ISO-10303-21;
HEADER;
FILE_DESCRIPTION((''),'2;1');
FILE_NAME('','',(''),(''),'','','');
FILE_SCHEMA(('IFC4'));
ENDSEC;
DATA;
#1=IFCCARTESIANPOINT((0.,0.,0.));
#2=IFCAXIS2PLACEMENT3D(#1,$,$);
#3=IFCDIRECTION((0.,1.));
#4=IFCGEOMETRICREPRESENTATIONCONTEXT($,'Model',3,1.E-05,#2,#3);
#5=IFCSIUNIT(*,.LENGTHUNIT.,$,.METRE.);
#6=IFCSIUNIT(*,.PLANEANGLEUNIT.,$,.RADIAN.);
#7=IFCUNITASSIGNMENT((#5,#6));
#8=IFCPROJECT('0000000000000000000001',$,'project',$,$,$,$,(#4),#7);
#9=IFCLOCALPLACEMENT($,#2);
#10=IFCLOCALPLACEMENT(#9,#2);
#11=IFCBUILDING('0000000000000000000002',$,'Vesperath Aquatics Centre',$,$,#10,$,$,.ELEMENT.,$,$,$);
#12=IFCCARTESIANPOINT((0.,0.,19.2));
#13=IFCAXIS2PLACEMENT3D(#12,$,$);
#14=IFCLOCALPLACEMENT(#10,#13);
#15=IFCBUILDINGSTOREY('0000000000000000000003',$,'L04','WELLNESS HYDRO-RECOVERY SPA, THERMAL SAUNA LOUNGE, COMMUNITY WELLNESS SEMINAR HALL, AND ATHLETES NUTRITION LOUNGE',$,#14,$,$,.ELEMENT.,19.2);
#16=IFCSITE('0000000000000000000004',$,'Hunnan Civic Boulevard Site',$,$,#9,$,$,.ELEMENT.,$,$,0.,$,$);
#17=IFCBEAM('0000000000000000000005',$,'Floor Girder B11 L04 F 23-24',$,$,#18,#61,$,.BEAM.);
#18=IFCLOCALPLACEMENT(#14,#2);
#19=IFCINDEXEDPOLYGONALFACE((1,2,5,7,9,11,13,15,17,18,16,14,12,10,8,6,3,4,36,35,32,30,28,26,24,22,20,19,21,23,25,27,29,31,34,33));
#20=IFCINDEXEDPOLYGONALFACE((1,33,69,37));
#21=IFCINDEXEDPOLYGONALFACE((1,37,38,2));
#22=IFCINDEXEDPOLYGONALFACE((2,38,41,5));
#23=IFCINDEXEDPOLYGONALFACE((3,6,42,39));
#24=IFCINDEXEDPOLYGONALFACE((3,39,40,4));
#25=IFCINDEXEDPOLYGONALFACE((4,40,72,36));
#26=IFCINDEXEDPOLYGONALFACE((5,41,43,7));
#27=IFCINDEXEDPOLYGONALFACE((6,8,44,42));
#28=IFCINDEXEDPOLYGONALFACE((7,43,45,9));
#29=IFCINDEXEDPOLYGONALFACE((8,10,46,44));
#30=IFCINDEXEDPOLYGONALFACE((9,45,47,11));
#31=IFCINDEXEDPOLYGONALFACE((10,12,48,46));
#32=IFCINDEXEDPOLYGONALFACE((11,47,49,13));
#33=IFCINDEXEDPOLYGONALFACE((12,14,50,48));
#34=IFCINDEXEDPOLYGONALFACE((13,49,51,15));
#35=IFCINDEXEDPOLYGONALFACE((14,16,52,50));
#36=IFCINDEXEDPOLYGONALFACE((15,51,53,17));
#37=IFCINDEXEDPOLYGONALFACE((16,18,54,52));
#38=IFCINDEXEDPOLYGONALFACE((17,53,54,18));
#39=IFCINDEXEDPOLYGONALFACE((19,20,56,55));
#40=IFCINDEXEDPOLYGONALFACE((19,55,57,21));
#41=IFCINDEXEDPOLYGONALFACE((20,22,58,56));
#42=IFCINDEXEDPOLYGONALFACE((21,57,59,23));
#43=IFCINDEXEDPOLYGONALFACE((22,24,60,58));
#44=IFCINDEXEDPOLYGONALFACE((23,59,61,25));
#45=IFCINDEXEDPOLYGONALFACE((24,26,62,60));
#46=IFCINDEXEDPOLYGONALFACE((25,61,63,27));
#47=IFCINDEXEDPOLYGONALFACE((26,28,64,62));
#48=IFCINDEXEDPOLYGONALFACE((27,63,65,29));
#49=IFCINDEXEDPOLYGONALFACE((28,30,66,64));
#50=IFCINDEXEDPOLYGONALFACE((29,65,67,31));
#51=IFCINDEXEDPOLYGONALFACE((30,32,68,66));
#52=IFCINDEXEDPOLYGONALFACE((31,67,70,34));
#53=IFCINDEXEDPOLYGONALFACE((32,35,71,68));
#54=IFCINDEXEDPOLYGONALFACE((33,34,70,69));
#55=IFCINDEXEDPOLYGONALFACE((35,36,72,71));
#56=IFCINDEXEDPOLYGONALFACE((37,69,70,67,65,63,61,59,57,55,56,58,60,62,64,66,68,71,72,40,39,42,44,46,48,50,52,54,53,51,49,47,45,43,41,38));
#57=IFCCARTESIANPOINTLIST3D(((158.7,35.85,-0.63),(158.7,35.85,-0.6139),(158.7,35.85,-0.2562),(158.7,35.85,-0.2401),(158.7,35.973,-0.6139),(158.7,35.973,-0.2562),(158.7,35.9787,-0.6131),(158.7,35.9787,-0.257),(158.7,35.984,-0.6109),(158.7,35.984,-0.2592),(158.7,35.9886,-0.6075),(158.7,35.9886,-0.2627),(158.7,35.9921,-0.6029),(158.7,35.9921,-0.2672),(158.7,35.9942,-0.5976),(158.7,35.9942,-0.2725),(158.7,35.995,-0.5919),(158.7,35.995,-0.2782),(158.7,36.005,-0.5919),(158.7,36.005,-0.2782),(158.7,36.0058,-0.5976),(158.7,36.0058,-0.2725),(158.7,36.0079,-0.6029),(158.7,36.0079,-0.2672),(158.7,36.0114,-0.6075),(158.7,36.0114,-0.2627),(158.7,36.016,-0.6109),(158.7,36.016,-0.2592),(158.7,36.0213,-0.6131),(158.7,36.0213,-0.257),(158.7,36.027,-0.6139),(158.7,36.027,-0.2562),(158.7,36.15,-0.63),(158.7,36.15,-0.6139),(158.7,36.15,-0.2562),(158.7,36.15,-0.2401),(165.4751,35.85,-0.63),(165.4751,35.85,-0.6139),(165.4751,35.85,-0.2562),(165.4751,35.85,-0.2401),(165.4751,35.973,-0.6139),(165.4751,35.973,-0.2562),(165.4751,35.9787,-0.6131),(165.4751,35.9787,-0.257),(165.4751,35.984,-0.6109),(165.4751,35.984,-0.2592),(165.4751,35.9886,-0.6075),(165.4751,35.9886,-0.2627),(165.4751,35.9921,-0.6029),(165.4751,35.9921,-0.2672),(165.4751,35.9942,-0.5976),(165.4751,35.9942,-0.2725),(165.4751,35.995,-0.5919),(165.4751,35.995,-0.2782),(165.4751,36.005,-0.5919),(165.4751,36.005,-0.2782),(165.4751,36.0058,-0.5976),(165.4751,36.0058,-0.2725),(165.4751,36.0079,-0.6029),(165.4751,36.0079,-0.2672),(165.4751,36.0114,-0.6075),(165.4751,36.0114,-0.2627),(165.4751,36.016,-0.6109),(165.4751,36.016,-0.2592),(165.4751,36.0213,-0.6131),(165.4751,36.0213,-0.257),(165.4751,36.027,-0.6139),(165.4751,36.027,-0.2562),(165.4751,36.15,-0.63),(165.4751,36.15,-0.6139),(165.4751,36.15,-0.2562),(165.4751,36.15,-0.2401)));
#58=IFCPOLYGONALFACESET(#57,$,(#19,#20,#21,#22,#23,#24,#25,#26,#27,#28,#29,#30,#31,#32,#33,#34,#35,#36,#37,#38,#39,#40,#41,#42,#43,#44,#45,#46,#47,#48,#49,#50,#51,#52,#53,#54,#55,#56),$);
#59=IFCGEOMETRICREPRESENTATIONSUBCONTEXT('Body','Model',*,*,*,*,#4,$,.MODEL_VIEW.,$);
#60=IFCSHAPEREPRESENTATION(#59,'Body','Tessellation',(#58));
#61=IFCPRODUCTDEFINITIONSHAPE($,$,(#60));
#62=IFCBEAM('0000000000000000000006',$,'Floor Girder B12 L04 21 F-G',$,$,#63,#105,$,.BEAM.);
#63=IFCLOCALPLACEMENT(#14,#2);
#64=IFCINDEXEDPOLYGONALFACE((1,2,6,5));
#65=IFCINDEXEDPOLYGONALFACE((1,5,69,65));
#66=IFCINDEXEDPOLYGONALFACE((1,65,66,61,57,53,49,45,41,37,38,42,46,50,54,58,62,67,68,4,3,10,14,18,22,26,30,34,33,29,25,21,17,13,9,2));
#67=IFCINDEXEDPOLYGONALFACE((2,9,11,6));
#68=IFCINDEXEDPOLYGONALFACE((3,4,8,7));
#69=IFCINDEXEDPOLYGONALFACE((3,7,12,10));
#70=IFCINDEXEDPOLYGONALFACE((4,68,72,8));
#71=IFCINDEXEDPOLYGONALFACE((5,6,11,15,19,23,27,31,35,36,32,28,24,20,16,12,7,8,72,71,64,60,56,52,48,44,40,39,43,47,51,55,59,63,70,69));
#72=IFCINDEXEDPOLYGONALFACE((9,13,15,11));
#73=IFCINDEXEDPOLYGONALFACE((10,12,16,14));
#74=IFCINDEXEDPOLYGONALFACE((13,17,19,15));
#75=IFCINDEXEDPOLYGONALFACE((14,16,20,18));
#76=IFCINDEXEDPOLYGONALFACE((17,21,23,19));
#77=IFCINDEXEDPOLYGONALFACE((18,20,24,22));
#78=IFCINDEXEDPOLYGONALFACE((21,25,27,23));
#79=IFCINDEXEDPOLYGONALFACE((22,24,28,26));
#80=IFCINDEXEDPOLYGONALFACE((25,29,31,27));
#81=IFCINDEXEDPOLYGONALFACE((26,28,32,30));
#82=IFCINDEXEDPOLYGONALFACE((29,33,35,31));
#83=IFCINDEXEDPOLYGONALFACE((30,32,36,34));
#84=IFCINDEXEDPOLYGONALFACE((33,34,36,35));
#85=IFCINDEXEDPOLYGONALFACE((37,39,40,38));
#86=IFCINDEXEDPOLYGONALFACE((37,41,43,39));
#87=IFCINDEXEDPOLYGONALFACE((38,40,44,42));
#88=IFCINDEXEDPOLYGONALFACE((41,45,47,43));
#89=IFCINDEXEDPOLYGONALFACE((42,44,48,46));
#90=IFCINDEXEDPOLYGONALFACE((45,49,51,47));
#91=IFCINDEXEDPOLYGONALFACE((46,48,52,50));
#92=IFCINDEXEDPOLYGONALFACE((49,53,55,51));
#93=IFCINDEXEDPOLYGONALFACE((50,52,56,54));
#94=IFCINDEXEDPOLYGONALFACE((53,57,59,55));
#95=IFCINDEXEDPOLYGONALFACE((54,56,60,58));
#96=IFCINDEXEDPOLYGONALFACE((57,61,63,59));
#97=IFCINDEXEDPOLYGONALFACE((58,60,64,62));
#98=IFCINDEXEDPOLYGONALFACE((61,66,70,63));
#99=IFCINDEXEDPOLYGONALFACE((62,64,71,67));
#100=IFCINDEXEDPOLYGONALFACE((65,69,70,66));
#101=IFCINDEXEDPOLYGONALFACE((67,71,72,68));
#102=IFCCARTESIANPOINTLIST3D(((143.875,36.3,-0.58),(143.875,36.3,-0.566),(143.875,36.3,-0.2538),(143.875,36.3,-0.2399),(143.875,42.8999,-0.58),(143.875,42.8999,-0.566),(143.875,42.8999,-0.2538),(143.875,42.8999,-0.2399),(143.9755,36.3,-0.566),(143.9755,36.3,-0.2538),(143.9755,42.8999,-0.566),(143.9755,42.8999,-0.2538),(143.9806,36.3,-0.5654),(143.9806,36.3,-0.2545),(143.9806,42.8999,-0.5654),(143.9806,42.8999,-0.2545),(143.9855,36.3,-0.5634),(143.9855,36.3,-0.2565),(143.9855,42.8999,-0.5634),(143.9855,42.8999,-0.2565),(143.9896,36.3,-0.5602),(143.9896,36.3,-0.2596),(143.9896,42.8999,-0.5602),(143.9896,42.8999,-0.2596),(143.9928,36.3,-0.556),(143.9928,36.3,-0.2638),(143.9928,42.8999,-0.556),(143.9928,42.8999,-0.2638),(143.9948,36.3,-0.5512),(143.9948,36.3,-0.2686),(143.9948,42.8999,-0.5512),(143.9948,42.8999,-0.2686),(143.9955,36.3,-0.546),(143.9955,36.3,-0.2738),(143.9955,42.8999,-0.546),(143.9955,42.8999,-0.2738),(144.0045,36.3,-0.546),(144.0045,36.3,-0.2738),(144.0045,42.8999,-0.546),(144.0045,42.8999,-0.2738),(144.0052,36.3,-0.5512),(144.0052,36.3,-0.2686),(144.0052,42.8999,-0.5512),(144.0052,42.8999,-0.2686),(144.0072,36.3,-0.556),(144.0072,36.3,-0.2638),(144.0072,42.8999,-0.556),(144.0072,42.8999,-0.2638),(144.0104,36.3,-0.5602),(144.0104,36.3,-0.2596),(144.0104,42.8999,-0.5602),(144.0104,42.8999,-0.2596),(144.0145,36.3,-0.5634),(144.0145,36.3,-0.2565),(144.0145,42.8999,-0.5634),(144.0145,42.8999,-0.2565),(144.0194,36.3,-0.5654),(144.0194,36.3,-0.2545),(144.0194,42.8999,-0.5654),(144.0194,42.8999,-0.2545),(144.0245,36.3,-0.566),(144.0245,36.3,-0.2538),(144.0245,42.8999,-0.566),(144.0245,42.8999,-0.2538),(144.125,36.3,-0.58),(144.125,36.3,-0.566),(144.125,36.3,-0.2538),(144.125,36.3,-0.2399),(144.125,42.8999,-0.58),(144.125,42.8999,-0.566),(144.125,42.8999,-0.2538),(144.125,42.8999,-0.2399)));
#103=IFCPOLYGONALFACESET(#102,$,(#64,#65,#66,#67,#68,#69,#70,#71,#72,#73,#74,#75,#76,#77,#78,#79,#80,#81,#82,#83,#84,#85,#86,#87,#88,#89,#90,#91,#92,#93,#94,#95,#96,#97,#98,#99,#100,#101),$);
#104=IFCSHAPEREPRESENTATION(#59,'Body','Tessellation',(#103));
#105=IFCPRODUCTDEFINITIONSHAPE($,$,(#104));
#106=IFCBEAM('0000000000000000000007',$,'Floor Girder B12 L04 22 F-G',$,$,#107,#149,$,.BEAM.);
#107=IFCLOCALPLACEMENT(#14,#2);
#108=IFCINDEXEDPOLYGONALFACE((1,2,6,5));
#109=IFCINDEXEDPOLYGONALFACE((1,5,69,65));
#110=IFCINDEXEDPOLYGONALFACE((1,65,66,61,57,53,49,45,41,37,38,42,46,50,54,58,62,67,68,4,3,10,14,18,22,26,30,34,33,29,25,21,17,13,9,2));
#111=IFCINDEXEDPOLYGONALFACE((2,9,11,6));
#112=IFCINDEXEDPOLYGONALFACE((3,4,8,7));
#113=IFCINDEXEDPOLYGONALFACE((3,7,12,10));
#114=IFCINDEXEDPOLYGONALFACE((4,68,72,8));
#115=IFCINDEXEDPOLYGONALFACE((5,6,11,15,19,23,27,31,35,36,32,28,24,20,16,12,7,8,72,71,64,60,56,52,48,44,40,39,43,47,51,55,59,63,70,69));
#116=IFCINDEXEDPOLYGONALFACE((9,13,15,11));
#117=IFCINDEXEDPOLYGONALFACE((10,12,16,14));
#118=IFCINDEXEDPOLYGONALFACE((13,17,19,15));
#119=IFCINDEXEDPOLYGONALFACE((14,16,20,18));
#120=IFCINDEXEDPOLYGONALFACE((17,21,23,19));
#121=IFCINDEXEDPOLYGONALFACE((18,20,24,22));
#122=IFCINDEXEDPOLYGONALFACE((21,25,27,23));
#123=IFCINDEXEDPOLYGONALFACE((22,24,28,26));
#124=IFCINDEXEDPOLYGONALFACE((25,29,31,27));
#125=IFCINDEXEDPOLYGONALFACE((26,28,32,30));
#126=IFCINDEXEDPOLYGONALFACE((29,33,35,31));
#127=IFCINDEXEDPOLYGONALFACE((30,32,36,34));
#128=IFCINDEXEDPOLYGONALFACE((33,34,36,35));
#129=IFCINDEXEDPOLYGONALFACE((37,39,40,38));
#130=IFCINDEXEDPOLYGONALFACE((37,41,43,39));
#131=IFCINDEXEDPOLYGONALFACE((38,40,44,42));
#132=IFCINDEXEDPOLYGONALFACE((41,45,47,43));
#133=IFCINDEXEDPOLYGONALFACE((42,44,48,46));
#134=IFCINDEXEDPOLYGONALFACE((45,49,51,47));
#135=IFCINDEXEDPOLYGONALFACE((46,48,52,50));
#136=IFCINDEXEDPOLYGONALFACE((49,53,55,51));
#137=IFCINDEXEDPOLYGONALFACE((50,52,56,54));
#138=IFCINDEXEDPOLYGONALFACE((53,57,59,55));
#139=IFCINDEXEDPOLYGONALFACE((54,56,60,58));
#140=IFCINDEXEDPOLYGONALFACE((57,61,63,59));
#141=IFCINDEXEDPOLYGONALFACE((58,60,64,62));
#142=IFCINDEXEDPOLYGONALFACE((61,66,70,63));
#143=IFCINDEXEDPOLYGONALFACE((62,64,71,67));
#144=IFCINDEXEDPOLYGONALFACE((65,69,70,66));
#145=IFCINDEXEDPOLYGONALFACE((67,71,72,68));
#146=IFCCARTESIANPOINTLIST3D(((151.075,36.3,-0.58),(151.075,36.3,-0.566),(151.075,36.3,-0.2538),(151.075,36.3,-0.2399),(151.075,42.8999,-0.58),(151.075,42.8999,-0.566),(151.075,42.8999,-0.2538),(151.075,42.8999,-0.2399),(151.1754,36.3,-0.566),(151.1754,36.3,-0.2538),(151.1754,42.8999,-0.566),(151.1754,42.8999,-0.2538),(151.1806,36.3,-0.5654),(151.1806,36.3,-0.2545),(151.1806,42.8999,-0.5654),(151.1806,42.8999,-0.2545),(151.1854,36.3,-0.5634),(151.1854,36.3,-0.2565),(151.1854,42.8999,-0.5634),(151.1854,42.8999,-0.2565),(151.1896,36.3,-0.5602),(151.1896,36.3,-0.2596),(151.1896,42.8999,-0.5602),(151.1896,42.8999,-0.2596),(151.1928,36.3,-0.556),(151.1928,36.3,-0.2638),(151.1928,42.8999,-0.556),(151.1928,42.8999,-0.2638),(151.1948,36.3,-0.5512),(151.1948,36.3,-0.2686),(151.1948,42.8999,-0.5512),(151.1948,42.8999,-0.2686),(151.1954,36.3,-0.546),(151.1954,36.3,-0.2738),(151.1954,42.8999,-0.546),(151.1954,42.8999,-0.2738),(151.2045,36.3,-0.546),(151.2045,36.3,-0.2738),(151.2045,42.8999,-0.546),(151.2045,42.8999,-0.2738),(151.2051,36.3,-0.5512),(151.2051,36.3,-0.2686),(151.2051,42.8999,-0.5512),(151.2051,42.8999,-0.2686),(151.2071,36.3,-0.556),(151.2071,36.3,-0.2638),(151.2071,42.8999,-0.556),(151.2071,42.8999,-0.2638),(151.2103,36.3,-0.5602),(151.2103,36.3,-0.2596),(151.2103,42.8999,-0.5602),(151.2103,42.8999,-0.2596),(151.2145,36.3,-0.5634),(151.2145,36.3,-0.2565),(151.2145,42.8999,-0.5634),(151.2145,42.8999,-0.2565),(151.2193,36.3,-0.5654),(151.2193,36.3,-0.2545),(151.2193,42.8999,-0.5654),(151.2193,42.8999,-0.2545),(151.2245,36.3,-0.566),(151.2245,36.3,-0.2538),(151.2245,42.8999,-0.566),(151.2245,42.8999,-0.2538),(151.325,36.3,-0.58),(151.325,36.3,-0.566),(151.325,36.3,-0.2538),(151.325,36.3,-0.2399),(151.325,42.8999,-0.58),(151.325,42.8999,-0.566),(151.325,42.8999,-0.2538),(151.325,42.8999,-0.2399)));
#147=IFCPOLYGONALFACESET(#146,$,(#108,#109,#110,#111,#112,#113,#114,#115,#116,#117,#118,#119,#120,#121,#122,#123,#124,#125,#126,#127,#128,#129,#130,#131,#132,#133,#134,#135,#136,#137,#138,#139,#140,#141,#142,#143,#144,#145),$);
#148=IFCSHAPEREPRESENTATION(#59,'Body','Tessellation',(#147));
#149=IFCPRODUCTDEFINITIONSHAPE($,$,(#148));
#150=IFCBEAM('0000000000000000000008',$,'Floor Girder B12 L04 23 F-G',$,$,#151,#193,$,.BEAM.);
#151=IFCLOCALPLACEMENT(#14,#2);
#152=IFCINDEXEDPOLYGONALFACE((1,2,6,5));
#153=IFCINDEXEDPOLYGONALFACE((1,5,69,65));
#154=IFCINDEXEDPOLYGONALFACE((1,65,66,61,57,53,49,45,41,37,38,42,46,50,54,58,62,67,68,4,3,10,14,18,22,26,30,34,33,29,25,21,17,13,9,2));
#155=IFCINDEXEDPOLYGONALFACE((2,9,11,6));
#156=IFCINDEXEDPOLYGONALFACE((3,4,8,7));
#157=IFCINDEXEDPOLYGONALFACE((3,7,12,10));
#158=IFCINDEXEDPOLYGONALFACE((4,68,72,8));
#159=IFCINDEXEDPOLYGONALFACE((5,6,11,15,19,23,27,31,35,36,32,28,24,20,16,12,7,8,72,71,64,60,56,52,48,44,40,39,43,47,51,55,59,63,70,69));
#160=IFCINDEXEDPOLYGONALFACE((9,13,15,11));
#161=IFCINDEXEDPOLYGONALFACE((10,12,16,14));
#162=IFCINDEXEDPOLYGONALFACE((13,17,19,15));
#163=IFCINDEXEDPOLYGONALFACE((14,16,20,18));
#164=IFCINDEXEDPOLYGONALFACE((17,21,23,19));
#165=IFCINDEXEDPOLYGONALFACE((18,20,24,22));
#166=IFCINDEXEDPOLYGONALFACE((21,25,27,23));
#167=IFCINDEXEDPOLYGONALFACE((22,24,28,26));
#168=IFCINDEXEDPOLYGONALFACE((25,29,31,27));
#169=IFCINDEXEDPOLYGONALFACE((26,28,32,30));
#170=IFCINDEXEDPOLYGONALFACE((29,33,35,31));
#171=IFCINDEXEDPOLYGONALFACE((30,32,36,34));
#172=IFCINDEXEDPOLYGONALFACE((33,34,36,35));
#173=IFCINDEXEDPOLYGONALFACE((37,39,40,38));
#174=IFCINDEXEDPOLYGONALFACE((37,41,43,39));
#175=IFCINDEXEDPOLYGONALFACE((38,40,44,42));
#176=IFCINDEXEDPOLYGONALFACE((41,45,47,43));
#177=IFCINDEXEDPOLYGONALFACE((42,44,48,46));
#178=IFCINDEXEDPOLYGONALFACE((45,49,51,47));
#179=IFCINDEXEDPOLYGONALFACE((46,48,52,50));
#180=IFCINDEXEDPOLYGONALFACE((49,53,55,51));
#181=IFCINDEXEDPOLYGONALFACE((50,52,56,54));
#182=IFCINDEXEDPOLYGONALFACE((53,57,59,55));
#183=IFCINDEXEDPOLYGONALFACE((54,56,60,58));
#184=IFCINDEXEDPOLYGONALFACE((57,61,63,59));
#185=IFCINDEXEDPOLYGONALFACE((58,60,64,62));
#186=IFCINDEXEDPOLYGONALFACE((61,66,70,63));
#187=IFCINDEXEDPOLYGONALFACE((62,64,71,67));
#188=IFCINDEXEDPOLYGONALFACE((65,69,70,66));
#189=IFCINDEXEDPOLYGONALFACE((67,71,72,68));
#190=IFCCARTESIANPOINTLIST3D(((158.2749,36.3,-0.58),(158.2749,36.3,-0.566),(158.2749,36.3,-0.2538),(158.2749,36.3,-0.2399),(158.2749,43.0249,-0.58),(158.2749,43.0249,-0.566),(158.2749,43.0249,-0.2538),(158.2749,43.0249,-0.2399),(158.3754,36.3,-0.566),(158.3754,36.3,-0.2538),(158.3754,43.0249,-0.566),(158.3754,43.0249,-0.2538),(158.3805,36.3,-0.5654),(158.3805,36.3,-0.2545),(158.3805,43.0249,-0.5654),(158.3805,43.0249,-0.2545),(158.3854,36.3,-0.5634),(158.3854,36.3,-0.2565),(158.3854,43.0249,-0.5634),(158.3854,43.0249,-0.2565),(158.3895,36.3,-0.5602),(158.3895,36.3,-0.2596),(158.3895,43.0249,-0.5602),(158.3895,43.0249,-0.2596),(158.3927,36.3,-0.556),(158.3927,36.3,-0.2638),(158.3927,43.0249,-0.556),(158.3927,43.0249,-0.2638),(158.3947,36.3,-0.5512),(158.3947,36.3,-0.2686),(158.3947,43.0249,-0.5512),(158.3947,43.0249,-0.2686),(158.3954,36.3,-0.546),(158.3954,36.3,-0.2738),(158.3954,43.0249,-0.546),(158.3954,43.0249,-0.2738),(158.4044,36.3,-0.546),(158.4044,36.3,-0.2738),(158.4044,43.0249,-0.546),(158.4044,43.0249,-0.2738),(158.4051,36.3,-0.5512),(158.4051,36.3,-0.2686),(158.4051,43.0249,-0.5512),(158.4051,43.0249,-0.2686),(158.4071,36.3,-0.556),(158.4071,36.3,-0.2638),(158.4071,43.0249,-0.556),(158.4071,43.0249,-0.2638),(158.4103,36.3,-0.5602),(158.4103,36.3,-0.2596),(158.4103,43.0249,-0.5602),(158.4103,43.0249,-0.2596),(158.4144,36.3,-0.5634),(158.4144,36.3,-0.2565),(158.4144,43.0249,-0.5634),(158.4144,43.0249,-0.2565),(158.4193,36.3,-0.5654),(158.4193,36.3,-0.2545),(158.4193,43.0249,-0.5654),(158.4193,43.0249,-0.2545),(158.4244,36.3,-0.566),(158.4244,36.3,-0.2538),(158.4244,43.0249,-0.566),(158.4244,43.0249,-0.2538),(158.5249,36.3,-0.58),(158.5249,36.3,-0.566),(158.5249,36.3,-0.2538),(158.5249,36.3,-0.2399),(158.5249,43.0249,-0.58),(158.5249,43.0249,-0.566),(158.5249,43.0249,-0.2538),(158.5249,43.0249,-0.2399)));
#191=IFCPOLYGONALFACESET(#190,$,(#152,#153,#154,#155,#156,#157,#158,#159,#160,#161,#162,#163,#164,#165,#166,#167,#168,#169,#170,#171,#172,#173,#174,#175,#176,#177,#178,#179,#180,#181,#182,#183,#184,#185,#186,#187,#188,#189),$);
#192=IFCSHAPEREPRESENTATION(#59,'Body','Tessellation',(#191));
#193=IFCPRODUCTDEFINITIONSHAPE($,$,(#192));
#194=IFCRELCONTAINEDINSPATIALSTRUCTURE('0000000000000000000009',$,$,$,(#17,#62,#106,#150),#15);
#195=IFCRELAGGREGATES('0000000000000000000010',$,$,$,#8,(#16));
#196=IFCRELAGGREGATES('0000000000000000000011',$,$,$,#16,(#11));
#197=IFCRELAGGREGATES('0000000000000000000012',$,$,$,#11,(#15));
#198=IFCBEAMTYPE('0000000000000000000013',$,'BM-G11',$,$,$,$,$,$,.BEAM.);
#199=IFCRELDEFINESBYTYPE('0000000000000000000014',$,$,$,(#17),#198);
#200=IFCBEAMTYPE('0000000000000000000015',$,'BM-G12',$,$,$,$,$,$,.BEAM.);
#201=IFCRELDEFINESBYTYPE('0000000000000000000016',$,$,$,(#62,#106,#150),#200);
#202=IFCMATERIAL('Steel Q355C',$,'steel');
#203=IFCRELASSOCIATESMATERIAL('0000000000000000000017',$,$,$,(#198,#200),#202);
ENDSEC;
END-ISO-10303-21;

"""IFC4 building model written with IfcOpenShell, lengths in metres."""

from ifc_helpers import new_model, si_unit, direction, frame, origin, origin_2d, place, context, subcontext, project, spatial, i_section, extrude, material, material_profile, profile_set, type_object, element, save


model = new_model("IFC4")

# Units and contexts
model_context = context("Model", 3, precision=1e-05, world=origin(), true_north=direction((0.0, 1.0)))
body_context = subcontext(model_context, "Body", "Model", "MODEL_VIEW")
ifc_project = project(units=[si_unit("LENGTHUNIT", "METRE"), si_unit("PLANEANGLEUNIT", "RADIAN")], contexts=[model_context])

# Site, building, storey
site_placement = place(None, origin())
site = spatial("IfcSite", under=ifc_project, at=site_placement, Name="Hunnan Civic Boulevard Site", CompositionType="ELEMENT", RefElevation=0.0)
building_placement = place(site_placement, origin())
building = spatial("IfcBuilding", under=site, at=building_placement, Name="Vesperath Aquatics Centre", CompositionType="ELEMENT")
storey_placement = place(building_placement, frame((0.0, 0.0, 19.2)))
storey = spatial("IfcBuildingStorey", under=building, at=storey_placement, Name="L04", Description="WELLNESS HYDRO-RECOVERY SPA, THERMAL SAUNA LOUNGE, COMMUNITY WELLNESS SEMINAR HALL, AND ATHLETES NUTRITION LOUNGE", CompositionType="ELEMENT", Elevation=19.2)

# Shared definitions
ifc_material_1 = material(Name="Steel Q355C", Category="steel")

# Beams
ifc_material_profile_1 = material_profile(ifc_material_1, i_section(OverallWidth=0.3, OverallDepth=0.3899, WebThickness=0.01, FlangeThickness=0.0161, FilletRadius=0.022, at=origin_2d()), Name="HM 390x300x10x16")
ifc_profile_set_1 = profile_set([ifc_material_profile_1], Name="Steel Q355C")
beam_type_1 = type_object("IfcBeamType", Name="BM-G11", PredefinedType="BEAM", material=ifc_profile_set_1)
beam_1_placement = place(storey_placement, frame((158.7, 36.0, -0.4351), z_axis=(1.0, 0.0, 0.0), x_axis=(0.0, 1.0, 0.0)))
element("IfcBeam", 1, at=beam_1_placement, inside=storey, type_object=beam_type_1, Name="Floor Girder B11 L04 F 23-24", PredefinedType="BEAM", context=body_context, shape_type="SweptSolid", body=[
    extrude(i_section(OverallWidth=0.3, OverallDepth=0.3899, WebThickness=0.01, FlangeThickness=0.0161, FilletRadius=0.022, at=origin_2d()), origin(), (0.0, 0.0, 1.0), 6.7751),
])
ifc_material_profile_2 = material_profile(ifc_material_1, i_section(OverallWidth=0.25, OverallDepth=0.3401, WebThickness=0.009, FlangeThickness=0.0139, FilletRadius=0.02, at=origin_2d()), Name="HM 340x250x9x14")
ifc_profile_set_2 = profile_set([ifc_material_profile_2], Name="Steel Q355C")
beam_type_2 = type_object("IfcBeamType", Name="BM-G12", PredefinedType="BEAM", material=ifc_profile_set_2)
for number, where, z_axis, x_axis, name in (
    (2, (144.0, 36.3, -0.4099), (0.0, 1.0, 0.0), (-1.0, 0.0, 0.0), "Floor Girder B12 L04 21 F-G"),
    (3, (151.2, 36.3, -0.4099), (0.0, 1.0, 0.0), (-1.0, 0.0, 0.0), "Floor Girder B12 L04 22 F-G"),
):
    element("IfcBeam", number, at=place(storey_placement, frame(where, z_axis=z_axis, x_axis=x_axis)), inside=storey, type_object=beam_type_2, Name=name, PredefinedType="BEAM", context=body_context, shape_type="SweptSolid", body=[
        extrude(i_section(OverallWidth=0.25, OverallDepth=0.3401, WebThickness=0.009, FlangeThickness=0.0139, FilletRadius=0.02, at=origin_2d()), origin(), (0.0, 0.0, 1.0), 6.5999),
    ])
for number, where, z_axis, x_axis, name in (
    (4, (158.3999, 36.3, -0.4099), (0.0, 1.0, 0.0), (-1.0, 0.0, 0.0), "Floor Girder B12 L04 23 F-G"),
):
    element("IfcBeam", number, at=place(storey_placement, frame(where, z_axis=z_axis, x_axis=x_axis)), inside=storey, type_object=beam_type_2, Name=name, PredefinedType="BEAM", context=body_context, shape_type="SweptSolid", body=[
        extrude(i_section(OverallWidth=0.25, OverallDepth=0.3401, WebThickness=0.009, FlangeThickness=0.0139, FilletRadius=0.02, at=origin_2d()), origin(), (0.0, 0.0, 1.0), 6.7249),
    ])

save(model, "model.ifc")
